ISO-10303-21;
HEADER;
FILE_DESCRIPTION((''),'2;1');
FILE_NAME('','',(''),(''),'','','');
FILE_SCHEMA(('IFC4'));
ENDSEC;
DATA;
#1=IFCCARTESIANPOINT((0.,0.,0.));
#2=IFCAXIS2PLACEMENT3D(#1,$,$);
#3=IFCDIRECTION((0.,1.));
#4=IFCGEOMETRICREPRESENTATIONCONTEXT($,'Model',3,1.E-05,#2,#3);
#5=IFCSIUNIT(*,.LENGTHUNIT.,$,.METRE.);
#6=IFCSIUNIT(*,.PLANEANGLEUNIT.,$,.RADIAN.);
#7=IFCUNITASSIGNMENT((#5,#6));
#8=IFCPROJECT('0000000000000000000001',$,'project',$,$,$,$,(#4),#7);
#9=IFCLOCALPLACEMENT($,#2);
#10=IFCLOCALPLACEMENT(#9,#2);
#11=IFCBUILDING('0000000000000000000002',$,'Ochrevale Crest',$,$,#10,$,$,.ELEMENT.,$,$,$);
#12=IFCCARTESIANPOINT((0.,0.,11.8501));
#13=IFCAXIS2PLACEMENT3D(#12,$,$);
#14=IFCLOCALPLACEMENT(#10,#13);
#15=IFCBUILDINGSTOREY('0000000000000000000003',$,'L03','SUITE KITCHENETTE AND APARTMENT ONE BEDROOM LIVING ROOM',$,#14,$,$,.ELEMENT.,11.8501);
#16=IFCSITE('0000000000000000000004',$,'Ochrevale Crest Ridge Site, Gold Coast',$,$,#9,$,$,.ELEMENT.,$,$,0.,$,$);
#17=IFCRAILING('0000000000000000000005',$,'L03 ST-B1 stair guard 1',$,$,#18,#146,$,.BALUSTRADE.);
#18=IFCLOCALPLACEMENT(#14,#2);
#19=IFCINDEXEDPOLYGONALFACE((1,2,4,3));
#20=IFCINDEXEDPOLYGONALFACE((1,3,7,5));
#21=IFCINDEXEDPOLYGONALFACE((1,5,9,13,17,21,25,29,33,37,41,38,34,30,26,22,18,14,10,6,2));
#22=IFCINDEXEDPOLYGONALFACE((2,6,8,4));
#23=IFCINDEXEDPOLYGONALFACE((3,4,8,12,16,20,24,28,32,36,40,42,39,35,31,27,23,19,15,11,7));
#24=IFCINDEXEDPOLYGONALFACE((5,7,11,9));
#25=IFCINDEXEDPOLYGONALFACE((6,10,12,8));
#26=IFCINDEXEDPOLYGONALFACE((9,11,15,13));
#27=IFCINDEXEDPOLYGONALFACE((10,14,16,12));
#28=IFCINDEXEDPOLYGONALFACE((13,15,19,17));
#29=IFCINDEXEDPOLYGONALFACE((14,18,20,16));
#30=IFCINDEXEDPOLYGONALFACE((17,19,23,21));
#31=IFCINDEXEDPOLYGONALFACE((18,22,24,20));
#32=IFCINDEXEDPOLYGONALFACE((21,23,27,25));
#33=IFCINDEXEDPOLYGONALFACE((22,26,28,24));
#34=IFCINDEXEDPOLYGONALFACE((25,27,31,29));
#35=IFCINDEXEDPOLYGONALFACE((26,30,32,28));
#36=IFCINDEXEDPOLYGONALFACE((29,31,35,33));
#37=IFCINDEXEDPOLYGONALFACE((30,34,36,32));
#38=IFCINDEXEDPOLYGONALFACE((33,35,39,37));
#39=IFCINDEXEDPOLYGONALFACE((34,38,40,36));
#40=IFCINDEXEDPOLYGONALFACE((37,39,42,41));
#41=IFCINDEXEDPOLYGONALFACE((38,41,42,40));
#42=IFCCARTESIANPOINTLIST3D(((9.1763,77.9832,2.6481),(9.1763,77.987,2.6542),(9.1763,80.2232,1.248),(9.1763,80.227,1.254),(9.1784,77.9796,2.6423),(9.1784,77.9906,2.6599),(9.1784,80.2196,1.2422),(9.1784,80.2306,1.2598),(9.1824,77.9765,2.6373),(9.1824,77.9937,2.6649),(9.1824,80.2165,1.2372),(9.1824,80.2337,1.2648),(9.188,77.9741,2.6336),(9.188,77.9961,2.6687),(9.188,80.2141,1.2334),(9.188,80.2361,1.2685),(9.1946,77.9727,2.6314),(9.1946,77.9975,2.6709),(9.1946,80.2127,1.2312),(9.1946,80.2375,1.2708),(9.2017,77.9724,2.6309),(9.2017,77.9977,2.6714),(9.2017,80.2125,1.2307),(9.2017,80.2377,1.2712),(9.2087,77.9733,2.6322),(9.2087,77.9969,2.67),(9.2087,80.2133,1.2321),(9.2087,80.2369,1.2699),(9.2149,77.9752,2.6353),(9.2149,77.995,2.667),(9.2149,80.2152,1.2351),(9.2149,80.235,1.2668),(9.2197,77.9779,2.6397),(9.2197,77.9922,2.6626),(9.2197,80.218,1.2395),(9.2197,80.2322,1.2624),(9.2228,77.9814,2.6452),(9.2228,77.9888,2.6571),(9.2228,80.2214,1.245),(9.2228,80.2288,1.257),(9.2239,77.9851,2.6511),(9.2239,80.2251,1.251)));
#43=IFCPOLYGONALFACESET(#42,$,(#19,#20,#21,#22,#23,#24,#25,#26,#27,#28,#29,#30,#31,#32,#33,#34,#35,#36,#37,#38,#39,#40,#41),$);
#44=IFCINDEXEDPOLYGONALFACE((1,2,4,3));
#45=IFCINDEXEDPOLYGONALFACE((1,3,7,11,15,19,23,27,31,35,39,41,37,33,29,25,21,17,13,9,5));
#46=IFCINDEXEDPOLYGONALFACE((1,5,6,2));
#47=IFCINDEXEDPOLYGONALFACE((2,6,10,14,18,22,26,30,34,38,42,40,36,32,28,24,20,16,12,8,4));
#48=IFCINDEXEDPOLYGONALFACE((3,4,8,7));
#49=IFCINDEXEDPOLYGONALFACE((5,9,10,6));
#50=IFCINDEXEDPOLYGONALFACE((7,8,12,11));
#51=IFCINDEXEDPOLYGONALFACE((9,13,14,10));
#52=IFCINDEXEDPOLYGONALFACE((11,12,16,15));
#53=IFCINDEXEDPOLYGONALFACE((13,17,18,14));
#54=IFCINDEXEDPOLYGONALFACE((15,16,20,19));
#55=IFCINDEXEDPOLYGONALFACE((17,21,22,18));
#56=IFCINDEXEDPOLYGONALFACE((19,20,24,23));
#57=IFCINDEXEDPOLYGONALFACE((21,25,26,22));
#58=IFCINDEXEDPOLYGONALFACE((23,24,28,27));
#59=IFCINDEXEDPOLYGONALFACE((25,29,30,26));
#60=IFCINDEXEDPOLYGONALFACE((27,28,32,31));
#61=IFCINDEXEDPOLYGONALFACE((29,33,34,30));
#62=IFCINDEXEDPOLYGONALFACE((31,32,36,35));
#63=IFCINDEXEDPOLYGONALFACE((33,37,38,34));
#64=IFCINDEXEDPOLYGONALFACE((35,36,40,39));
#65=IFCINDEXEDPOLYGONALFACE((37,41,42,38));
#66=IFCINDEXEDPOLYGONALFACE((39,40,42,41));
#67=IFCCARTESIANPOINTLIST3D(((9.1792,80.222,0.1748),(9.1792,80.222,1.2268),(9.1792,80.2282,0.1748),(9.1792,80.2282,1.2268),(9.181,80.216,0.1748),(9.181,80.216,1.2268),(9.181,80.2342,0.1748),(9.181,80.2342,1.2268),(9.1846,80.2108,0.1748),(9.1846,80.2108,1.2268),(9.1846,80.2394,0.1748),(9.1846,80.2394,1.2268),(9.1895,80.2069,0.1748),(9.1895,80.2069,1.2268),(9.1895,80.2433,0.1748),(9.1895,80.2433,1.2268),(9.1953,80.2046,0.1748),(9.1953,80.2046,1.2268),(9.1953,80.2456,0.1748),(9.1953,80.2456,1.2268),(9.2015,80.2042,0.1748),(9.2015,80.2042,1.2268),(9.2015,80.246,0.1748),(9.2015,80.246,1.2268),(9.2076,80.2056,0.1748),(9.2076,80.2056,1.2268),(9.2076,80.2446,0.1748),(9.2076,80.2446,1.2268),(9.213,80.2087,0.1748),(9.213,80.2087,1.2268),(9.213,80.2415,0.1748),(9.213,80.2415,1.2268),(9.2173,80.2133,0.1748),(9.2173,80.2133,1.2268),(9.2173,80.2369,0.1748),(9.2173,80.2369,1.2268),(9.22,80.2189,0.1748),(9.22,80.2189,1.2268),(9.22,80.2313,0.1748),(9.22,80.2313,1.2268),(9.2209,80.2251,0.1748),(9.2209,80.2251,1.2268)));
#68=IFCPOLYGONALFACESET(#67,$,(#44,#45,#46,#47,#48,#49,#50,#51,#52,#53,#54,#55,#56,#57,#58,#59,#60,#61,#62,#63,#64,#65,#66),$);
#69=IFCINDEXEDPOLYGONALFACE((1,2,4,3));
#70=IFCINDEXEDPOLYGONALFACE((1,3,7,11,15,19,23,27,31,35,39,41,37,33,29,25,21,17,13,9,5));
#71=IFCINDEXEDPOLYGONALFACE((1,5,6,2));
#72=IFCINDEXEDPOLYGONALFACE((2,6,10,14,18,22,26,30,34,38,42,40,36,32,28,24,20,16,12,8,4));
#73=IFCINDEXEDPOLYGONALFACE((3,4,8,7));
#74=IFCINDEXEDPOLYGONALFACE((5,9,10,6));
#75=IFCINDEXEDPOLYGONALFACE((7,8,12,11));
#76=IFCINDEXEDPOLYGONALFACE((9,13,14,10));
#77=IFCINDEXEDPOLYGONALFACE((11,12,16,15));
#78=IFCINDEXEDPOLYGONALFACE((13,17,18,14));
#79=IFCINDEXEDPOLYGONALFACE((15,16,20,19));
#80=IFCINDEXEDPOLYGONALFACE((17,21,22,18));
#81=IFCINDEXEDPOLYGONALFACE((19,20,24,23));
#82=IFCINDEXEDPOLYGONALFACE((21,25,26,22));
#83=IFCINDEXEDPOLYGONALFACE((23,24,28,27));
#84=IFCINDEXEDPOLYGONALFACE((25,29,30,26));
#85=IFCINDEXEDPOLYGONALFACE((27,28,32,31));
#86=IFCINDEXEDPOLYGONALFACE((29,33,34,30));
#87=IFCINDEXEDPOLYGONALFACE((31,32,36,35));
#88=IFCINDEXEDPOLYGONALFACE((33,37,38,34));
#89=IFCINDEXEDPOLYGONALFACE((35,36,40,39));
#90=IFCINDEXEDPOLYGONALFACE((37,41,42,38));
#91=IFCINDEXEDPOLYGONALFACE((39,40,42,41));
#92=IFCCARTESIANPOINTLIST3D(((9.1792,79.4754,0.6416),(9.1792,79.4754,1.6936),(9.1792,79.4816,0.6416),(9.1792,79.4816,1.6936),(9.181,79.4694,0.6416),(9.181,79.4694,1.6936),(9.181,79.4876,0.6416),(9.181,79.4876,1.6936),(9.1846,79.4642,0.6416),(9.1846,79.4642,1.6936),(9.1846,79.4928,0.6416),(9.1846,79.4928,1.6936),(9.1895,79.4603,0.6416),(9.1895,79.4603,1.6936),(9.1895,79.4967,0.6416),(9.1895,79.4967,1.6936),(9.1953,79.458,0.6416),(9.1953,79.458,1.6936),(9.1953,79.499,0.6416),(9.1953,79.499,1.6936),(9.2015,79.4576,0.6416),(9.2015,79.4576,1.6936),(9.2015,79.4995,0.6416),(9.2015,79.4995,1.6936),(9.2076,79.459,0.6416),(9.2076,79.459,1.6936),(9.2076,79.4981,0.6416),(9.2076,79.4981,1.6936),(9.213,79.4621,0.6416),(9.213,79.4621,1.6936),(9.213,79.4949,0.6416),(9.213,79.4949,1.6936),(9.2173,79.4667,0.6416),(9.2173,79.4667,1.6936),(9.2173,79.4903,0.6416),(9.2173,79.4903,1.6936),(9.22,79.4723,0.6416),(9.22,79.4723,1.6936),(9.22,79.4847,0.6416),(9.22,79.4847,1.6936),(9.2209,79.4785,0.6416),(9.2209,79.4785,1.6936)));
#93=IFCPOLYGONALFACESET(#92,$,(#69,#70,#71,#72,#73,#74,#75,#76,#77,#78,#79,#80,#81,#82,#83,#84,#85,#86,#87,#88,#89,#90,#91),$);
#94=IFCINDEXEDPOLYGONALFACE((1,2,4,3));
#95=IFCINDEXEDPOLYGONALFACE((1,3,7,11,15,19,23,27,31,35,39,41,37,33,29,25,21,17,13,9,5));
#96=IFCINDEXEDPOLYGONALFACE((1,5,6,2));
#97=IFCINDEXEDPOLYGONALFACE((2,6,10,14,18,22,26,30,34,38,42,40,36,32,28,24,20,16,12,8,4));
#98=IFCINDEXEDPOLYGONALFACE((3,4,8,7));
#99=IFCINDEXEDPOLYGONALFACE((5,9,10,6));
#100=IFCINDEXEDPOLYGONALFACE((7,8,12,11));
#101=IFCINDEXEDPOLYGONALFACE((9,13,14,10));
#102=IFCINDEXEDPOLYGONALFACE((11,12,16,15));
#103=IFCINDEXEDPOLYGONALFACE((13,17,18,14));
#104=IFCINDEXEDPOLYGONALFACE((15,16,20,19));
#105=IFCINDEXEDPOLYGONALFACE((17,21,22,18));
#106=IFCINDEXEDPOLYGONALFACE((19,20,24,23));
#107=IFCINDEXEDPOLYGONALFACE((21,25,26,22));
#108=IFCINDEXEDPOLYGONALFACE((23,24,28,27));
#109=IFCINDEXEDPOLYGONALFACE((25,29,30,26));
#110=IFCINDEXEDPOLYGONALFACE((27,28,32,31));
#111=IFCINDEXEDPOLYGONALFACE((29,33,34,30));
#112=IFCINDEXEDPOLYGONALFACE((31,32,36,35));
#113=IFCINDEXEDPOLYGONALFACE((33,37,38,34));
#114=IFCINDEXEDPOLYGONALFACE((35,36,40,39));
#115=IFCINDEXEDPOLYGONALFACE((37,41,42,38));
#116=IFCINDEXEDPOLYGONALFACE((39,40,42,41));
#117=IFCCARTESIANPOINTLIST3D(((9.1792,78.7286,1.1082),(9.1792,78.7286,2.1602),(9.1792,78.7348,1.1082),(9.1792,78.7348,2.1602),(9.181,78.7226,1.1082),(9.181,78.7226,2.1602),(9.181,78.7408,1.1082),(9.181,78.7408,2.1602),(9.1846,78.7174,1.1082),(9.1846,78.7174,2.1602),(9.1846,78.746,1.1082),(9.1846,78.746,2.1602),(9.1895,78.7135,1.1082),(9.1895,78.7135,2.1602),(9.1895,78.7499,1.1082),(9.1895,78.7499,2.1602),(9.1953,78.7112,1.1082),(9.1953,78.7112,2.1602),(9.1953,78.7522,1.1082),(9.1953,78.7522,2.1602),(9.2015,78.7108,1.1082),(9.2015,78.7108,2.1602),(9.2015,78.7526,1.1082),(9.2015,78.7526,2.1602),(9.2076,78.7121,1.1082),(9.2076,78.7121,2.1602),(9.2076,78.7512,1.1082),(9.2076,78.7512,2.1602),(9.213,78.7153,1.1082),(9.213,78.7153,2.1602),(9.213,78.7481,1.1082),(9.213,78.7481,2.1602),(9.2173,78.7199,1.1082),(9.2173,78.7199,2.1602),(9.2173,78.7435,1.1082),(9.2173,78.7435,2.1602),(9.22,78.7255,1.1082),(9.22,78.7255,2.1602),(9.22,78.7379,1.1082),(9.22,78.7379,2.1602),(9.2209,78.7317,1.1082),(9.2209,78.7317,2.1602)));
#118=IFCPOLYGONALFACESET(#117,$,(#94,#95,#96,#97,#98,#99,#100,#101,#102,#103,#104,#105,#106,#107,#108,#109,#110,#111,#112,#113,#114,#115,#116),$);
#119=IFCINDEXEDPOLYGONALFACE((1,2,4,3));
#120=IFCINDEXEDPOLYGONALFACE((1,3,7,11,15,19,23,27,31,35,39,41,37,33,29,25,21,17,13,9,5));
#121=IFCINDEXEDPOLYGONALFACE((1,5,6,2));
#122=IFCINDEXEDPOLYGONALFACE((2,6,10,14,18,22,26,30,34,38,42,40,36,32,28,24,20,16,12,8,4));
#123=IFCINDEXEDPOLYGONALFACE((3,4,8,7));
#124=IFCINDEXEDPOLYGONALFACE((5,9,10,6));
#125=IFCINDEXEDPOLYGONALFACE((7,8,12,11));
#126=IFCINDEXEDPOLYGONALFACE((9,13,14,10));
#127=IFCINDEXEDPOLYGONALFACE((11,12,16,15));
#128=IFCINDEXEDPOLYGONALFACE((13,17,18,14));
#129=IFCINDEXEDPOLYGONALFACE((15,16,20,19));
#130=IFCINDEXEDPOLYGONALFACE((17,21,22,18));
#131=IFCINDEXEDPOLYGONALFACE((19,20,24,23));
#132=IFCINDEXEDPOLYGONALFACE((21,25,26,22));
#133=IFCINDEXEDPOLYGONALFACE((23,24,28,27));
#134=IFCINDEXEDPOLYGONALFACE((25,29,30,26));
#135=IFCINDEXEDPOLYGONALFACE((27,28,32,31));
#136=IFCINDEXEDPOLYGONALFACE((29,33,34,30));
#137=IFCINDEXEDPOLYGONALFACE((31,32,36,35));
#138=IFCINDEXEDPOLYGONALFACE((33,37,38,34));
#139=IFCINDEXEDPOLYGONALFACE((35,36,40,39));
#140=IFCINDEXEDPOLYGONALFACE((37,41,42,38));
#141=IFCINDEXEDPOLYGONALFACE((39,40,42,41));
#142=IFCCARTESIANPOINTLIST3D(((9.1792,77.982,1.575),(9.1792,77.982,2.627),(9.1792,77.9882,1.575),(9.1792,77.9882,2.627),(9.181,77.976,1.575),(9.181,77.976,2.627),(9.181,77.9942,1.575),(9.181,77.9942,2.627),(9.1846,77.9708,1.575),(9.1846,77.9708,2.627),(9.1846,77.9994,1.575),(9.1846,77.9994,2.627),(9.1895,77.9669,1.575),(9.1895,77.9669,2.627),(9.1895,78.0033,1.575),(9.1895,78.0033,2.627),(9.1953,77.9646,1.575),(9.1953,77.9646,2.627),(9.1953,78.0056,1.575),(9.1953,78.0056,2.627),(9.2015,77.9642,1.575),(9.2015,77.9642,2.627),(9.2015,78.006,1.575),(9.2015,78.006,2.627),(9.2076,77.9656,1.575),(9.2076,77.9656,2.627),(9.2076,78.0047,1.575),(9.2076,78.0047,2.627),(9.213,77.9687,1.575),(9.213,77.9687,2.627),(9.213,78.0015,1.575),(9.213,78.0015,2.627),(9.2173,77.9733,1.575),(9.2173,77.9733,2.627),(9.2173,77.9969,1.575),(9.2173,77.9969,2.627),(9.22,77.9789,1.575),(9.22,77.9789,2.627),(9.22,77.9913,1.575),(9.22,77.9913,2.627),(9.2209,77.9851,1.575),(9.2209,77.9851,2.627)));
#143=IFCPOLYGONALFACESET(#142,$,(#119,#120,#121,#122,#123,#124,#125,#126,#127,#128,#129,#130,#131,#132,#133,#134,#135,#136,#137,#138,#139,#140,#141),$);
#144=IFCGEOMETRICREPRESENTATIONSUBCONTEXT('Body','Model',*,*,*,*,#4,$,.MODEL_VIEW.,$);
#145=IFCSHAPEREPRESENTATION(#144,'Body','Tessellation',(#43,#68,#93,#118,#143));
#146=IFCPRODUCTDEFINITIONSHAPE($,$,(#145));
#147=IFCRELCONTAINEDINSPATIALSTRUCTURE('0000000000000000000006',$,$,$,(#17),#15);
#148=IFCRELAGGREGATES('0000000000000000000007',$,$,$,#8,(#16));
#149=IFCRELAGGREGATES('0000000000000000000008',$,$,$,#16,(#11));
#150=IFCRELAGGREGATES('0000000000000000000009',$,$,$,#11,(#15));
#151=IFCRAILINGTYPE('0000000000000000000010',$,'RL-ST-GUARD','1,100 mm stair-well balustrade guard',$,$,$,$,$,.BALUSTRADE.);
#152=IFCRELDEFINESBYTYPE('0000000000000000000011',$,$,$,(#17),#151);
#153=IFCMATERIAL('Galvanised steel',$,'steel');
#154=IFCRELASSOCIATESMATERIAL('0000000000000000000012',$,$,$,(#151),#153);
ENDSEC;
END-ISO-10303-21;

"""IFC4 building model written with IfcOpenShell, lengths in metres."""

from ifc_helpers import new_model, si_unit, direction, frame, origin, origin_2d, place, context, subcontext, project, spatial, circle, extrude, material, type_object, element, save


model = new_model("IFC4")

# Units and contexts
model_context = context("Model", 3, precision=1e-05, world=origin(), true_north=direction((0.0, 1.0)))
body_context = subcontext(model_context, "Body", "Model", "MODEL_VIEW")
ifc_project = project(units=[si_unit("LENGTHUNIT", "METRE"), si_unit("PLANEANGLEUNIT", "RADIAN")], contexts=[model_context])

# Site, building, storey
site_placement = place(None, origin())
site = spatial("IfcSite", under=ifc_project, at=site_placement, Name="Ochrevale Crest Ridge Site, Gold Coast", CompositionType="ELEMENT", RefElevation=0.0)
building_placement = place(site_placement, origin())
building = spatial("IfcBuilding", under=site, at=building_placement, Name="Ochrevale Crest", CompositionType="ELEMENT")
storey_placement = place(building_placement, frame((0.0, 0.0, 11.8501)))
storey = spatial("IfcBuildingStorey", under=building, at=storey_placement, Name="L03", Description="SUITE KITCHENETTE AND APARTMENT ONE BEDROOM LIVING ROOM", CompositionType="ELEMENT", Elevation=11.8501)

# Railing
ifc_material_1 = material(Name="Galvanised steel", Category="steel")
railing_type_1 = type_object("IfcRailingType", Name="RL-ST-GUARD", Description="1,100 mm stair-well balustrade guard", PredefinedType="BALUSTRADE", material=ifc_material_1)
railing_1_placement = place(storey_placement, frame((9.2, 80.2251, 0.1748)))
element("IfcRailing", 1, at=railing_1_placement, inside=storey, type_object=railing_type_1, Name="L03 ST-B1 stair guard 1", PredefinedType="BALUSTRADE", context=body_context, shape_type="SweptSolid", body=[
    extrude(circle(Radius=0.0239, at=origin_2d()), frame((0.0, 0.0, 1.0762), z_axis=(0.0, -0.847972, 0.53004), x_axis=(1.0, 0.0, 0.0)), (0.0, 0.0, 1.0), 2.6416),
    extrude(circle(Radius=0.021, at=origin_2d()), origin(), (0.0, 0.0, 1.0), 1.052),
    extrude(circle(Radius=0.021, at=origin_2d()), frame((0.0, -0.7466, 0.4668)), (0.0, 0.0, 1.0), 1.052),
    extrude(circle(Radius=0.021, at=origin_2d()), frame((0.0, -1.4934, 0.9333)), (0.0, 0.0, 1.0), 1.052),
    extrude(circle(Radius=0.021, at=origin_2d()), frame((0.0, -2.24, 1.4001)), (0.0, 0.0, 1.0), 1.052),
])

save(model, "model.ifc")
